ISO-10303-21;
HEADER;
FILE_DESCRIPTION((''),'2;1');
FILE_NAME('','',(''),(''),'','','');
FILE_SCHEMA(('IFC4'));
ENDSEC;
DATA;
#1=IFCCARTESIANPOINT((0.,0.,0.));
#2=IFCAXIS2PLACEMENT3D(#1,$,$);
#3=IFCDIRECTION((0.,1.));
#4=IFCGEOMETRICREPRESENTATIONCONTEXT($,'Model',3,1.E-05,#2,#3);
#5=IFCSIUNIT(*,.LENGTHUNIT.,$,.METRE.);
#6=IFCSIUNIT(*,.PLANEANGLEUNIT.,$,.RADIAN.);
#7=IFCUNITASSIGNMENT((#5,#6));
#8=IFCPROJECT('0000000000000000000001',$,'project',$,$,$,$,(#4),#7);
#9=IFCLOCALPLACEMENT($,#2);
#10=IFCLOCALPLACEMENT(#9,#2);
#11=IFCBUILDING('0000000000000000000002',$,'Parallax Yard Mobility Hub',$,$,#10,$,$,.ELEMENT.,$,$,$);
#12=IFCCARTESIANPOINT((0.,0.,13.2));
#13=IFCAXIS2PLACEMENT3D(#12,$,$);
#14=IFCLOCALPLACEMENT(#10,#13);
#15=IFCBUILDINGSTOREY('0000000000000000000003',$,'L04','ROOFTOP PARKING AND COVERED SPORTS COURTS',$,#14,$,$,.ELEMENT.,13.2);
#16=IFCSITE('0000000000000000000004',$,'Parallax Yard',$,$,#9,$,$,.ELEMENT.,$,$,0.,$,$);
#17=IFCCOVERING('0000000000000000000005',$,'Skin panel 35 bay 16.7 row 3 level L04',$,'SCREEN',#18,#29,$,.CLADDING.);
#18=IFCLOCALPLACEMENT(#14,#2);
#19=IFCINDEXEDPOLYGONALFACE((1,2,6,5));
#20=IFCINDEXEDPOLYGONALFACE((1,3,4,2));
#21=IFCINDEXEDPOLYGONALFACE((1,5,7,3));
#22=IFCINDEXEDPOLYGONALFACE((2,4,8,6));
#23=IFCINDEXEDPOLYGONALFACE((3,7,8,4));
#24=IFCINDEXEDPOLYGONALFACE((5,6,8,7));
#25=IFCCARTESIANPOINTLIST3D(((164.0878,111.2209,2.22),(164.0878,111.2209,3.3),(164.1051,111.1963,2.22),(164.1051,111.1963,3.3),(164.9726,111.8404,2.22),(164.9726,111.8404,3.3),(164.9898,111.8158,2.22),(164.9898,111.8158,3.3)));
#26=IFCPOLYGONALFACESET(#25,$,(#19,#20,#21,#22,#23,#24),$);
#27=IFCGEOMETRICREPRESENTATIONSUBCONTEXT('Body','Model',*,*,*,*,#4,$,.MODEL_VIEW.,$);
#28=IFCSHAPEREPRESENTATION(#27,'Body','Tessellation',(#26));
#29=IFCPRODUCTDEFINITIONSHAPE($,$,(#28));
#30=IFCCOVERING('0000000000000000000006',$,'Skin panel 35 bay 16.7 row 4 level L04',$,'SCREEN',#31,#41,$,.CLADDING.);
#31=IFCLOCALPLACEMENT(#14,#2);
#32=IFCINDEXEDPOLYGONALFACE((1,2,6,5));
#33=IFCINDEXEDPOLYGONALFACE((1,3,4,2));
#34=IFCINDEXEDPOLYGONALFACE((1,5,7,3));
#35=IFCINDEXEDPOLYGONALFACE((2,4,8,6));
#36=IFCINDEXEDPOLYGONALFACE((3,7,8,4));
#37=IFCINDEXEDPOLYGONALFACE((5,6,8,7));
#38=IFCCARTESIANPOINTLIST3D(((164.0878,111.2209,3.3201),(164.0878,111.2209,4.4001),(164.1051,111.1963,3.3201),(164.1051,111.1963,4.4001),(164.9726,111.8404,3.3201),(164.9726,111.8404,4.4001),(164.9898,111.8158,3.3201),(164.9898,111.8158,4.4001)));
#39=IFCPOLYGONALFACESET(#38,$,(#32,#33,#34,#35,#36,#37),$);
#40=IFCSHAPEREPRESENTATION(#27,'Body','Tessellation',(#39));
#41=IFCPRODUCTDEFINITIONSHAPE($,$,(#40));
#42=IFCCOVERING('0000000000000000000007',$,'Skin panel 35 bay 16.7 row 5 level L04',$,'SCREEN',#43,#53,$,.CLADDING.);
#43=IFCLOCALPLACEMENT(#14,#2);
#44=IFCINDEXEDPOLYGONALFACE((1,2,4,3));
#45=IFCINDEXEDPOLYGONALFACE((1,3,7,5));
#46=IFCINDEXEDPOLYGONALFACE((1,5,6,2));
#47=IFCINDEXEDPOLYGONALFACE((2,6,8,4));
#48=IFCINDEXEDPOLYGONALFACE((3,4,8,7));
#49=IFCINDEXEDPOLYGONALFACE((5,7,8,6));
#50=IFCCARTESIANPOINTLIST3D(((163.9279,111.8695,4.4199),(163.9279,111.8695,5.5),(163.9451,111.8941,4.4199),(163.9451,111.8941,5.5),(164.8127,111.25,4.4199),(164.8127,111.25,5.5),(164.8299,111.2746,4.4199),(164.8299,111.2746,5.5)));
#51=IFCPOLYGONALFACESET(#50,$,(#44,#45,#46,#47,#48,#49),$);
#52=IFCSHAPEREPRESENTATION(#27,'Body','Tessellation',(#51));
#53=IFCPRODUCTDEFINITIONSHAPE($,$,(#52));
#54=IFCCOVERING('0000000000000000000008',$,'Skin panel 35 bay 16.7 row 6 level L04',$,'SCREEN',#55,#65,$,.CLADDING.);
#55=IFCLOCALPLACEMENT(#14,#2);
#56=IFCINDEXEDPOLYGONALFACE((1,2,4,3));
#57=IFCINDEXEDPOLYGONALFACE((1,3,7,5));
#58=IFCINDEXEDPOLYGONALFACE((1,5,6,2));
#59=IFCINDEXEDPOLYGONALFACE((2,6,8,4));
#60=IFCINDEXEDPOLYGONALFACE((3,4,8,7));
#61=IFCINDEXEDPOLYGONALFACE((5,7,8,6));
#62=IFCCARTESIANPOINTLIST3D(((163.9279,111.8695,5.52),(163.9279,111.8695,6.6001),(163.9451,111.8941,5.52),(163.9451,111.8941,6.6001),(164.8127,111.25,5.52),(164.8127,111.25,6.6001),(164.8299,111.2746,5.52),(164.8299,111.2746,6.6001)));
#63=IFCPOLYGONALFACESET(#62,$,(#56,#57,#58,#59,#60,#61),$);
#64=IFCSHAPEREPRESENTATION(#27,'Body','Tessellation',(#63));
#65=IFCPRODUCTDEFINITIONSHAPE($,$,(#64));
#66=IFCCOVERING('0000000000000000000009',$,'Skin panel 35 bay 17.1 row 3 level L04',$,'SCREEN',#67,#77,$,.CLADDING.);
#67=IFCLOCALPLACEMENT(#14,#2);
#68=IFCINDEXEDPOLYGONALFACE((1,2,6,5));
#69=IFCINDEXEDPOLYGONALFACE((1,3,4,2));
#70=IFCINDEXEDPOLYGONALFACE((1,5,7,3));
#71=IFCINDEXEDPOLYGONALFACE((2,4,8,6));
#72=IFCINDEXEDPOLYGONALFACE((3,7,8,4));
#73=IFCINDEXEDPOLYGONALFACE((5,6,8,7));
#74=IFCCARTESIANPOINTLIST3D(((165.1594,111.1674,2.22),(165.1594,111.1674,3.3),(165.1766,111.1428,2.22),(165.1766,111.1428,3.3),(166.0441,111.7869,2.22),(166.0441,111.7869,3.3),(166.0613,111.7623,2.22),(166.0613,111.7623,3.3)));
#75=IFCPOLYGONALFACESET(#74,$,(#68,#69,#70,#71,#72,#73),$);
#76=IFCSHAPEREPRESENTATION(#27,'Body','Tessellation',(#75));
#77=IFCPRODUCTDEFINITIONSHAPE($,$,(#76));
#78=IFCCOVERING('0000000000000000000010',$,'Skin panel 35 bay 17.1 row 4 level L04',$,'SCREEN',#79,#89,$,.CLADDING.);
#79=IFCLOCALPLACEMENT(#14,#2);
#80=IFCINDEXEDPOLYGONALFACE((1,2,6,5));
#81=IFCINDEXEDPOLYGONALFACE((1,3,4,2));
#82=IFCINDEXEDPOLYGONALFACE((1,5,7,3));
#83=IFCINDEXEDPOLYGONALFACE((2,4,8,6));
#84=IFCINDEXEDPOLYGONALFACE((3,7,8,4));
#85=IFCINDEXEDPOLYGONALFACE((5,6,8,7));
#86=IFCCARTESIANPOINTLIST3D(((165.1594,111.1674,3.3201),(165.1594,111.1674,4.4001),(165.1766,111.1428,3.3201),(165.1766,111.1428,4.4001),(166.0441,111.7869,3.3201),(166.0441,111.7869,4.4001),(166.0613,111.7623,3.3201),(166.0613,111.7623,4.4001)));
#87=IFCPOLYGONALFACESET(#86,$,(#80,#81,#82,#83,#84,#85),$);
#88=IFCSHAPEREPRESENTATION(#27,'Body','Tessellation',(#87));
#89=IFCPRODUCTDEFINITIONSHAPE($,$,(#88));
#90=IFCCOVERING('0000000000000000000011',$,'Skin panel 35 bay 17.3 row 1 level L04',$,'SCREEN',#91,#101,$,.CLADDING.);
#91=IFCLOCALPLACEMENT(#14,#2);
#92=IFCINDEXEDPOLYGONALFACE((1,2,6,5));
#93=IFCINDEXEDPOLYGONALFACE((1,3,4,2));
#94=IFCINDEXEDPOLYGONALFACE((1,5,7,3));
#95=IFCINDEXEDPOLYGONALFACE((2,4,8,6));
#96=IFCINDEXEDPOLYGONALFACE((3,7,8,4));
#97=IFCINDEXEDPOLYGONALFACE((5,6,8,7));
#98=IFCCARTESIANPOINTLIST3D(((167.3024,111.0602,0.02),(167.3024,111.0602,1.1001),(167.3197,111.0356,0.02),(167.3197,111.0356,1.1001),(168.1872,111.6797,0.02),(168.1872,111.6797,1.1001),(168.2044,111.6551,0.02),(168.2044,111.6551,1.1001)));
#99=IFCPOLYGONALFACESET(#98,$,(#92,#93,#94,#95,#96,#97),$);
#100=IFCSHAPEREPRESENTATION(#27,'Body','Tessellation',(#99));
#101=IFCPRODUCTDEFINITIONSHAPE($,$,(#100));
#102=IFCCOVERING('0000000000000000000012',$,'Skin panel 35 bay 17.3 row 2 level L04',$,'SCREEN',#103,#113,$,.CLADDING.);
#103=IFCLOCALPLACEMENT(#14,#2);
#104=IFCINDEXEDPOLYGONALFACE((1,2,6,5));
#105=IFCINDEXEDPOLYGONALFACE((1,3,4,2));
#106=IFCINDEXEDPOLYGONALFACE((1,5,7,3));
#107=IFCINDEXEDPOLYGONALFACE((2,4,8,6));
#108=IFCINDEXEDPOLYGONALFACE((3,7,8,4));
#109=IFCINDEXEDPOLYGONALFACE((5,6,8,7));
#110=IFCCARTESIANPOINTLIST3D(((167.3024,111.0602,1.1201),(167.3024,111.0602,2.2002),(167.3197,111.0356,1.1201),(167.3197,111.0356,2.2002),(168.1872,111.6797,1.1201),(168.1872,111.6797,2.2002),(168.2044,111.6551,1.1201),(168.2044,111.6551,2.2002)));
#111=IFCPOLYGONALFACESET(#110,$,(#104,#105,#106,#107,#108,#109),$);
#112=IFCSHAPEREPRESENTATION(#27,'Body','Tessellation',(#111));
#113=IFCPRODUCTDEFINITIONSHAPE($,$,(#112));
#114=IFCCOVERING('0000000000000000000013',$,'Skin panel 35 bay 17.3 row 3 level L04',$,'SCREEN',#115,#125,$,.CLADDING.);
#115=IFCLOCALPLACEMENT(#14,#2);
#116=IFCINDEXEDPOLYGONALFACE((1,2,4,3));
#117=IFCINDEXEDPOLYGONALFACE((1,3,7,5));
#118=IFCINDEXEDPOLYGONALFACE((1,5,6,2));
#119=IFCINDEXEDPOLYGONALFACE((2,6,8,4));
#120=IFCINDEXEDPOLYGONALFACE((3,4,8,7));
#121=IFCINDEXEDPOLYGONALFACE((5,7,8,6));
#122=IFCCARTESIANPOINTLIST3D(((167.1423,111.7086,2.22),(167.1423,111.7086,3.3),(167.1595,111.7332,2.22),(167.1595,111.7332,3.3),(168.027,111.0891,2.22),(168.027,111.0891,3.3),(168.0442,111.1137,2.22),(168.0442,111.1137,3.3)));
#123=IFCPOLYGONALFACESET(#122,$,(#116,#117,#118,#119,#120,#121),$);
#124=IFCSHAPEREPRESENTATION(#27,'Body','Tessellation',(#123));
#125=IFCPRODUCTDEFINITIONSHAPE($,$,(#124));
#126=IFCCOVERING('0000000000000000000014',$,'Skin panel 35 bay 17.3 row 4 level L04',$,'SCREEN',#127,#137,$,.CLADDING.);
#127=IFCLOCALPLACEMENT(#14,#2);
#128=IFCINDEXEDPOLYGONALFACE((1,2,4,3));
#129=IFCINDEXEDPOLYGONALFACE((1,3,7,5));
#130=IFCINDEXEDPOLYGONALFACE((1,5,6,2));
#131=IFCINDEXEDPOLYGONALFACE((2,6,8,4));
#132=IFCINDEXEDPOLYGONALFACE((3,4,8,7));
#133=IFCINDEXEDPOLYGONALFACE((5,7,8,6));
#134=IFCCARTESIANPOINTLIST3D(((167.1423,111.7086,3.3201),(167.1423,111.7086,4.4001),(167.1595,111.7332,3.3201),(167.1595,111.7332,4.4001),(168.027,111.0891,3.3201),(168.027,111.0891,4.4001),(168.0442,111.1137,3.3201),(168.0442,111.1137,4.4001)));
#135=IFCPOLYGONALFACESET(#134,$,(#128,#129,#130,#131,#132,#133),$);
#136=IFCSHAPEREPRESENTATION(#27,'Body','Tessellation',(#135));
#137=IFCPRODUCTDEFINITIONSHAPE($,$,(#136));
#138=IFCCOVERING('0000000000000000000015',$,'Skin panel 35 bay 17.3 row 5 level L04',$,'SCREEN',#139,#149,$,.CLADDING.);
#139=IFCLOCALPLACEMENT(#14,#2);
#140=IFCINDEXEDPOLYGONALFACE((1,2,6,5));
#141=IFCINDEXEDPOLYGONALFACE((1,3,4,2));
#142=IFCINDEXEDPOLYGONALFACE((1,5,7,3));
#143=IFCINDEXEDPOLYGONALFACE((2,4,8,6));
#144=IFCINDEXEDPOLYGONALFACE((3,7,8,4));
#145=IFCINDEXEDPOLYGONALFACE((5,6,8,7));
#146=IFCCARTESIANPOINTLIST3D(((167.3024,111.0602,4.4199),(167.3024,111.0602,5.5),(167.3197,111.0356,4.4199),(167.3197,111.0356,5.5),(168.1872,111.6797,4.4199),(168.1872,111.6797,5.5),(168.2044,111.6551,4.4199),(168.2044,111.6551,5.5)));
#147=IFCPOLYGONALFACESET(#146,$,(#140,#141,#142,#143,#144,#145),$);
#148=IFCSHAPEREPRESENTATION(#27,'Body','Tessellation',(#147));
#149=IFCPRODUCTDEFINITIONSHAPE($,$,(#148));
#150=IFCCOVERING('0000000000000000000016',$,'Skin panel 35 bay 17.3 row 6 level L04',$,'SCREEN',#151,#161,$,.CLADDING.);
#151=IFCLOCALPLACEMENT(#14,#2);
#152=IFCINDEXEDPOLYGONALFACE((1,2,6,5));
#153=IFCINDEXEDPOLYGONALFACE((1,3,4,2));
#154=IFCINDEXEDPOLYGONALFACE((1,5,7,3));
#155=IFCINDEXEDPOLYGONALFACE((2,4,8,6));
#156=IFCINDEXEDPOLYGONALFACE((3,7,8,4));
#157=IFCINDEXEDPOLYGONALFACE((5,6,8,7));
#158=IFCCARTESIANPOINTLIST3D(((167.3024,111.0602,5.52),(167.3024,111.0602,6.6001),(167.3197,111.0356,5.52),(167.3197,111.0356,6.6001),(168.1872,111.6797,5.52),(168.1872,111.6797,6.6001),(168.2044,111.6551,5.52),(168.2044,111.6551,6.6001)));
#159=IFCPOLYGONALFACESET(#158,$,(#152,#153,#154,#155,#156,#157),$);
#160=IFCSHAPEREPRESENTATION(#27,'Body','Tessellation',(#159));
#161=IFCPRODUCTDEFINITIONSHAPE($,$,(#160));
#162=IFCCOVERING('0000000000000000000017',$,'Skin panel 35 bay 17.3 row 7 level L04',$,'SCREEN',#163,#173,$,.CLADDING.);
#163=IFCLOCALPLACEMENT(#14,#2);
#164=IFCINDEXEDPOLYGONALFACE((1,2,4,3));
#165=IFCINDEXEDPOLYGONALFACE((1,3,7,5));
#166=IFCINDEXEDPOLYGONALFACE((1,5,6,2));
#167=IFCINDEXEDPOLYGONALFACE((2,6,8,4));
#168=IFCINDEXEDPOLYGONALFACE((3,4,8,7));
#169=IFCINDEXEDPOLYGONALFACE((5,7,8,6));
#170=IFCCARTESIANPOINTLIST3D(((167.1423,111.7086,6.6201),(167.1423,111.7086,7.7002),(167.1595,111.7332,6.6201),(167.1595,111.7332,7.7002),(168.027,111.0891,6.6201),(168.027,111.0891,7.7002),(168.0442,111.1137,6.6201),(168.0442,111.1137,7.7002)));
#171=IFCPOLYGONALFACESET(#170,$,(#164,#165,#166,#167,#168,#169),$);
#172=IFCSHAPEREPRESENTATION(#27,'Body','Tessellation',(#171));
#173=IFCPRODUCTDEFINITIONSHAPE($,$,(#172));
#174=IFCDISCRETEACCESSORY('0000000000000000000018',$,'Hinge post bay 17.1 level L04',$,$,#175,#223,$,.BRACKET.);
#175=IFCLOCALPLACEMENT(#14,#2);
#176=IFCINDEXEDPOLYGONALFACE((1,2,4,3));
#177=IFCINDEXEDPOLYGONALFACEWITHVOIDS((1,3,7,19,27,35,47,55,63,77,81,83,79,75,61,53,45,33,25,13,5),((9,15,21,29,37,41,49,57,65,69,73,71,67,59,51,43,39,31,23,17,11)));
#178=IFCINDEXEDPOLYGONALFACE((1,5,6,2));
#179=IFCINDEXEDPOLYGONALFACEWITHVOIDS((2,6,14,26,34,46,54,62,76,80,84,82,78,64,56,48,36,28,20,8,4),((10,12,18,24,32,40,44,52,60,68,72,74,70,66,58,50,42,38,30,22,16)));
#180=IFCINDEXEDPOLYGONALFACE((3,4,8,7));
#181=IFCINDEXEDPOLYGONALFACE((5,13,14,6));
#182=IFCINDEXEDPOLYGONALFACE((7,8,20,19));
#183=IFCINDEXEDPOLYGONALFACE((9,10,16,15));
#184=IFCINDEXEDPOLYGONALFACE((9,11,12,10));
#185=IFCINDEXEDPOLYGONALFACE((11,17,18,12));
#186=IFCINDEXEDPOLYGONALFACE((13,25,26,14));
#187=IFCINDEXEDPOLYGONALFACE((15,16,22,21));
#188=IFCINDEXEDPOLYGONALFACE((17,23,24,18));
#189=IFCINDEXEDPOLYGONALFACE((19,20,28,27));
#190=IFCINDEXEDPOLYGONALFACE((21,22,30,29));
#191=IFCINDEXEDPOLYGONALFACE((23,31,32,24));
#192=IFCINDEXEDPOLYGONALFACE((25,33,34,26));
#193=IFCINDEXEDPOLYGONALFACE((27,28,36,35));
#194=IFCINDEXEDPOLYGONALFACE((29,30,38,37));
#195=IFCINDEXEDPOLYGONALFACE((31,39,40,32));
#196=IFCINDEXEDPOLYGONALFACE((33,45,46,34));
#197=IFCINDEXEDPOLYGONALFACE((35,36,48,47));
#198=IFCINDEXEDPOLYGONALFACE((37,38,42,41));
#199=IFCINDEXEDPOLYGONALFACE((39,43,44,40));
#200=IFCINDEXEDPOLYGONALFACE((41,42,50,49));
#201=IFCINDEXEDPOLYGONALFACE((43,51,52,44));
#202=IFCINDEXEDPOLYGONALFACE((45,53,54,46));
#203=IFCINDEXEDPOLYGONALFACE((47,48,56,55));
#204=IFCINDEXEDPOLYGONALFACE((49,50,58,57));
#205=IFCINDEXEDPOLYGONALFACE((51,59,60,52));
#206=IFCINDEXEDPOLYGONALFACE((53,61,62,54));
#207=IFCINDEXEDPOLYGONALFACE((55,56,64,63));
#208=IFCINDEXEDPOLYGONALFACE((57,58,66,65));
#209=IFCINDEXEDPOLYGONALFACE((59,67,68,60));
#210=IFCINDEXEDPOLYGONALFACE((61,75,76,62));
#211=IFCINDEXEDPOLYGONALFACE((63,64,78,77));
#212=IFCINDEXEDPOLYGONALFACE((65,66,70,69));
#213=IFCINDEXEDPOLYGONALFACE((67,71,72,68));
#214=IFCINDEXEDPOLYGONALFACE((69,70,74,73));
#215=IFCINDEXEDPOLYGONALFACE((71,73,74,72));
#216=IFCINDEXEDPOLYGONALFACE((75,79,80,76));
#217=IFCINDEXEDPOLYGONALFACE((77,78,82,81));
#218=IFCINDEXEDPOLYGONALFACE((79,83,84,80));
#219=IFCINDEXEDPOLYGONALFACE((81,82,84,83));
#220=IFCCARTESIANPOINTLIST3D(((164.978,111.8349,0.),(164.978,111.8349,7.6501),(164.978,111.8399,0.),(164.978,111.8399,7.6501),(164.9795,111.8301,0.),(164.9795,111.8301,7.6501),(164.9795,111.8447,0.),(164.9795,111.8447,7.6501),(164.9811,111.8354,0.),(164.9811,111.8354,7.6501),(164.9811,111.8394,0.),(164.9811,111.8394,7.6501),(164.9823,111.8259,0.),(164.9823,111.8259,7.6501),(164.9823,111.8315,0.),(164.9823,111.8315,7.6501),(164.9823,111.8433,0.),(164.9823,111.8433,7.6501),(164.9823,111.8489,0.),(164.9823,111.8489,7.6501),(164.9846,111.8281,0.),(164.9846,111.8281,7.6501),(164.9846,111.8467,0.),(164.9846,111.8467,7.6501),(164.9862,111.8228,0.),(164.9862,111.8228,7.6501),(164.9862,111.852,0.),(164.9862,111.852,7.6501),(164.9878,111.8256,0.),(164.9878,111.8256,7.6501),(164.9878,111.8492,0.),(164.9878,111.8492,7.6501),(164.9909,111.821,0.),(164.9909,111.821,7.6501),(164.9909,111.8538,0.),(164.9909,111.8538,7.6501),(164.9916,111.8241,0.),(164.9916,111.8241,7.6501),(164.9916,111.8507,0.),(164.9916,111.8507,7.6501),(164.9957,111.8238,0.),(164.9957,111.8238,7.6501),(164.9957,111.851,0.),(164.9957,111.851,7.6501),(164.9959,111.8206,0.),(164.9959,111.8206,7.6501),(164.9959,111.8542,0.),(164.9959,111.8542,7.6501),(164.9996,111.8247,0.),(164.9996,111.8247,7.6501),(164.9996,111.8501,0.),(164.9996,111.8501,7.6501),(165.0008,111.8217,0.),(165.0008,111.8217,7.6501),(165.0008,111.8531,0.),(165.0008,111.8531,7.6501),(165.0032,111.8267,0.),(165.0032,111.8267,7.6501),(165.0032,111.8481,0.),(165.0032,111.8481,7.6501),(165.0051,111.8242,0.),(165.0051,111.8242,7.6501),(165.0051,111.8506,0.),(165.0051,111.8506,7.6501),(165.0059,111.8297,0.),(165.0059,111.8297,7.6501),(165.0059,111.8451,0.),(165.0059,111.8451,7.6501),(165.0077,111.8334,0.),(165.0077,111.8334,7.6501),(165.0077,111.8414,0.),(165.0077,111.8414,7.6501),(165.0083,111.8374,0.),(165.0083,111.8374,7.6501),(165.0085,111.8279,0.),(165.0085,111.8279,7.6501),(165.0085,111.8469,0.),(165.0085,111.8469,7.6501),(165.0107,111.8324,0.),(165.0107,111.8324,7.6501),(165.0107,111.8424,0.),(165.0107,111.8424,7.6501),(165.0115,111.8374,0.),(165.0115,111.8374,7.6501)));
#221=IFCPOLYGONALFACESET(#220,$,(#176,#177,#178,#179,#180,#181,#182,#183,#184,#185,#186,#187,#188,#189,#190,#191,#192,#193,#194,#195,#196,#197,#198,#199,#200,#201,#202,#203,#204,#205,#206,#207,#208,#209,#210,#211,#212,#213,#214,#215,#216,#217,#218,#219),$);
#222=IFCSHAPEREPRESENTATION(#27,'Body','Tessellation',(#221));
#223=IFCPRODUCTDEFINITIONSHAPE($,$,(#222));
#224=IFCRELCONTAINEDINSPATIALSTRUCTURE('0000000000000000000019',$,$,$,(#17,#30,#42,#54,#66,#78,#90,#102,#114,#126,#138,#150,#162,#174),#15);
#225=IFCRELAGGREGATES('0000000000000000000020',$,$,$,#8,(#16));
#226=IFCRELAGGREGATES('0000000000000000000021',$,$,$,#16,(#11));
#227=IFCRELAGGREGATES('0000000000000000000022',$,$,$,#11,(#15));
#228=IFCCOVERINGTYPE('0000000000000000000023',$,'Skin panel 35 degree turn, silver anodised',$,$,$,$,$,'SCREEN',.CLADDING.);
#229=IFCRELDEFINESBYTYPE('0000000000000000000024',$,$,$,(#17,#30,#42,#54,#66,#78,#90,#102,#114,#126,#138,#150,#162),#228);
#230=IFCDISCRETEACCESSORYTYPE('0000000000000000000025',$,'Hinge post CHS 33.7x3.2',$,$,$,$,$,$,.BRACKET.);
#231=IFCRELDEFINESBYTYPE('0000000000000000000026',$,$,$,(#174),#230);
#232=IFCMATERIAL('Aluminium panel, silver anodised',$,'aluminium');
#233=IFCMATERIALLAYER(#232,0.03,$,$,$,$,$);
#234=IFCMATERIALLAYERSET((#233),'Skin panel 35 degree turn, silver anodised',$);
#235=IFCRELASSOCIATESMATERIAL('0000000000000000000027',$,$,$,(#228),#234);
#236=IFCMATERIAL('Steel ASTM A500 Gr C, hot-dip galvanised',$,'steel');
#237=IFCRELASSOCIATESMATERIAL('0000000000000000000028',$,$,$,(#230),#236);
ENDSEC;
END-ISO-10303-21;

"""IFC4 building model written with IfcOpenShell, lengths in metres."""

from ifc_helpers import new_model, si_unit, direction, frame, origin, origin_2d, place, context, subcontext, project, spatial, rectangle, hollow_circle, extrude, material, layer, layer_set, material_profile, profile_set, type_object, element, save


model = new_model("IFC4")

# Units and contexts
model_context = context("Model", 3, precision=1e-05, world=origin(), true_north=direction((0.0, 1.0)))
body_context = subcontext(model_context, "Body", "Model", "MODEL_VIEW")
ifc_project = project(units=[si_unit("LENGTHUNIT", "METRE"), si_unit("PLANEANGLEUNIT", "RADIAN")], contexts=[model_context])

# Site, building, storey
site_placement = place(None, origin())
site = spatial("IfcSite", under=ifc_project, at=site_placement, Name="Parallax Yard", CompositionType="ELEMENT", RefElevation=0.0)
building_placement = place(site_placement, origin())
building = spatial("IfcBuilding", under=site, at=building_placement, Name="Parallax Yard Mobility Hub", CompositionType="ELEMENT")
storey_placement = place(building_placement, frame((0.0, 0.0, 13.2)))
storey = spatial("IfcBuildingStorey", under=building, at=storey_placement, Name="L04", Description="ROOFTOP PARKING AND COVERED SPORTS COURTS", CompositionType="ELEMENT", Elevation=13.2)

# Coverings
ifc_material_1 = material(Name="Aluminium panel, silver anodised", Category="aluminium")
ifc_layer_1 = layer(ifc_material_1, 0.03)
ifc_layer_set_1 = layer_set([ifc_layer_1], Name="Skin panel 35 degree turn, silver anodised")
covering_type_1 = type_object("IfcCoveringType", Name="Skin panel 35 degree turn, silver anodised", ElementType="SCREEN", PredefinedType="CLADDING", material=ifc_layer_set_1)
for number, where, z_axis, x_axis, name in (
    (1, (164.5388, 111.5183, 2.22), (0.0, 0.0, 1.0), (-0.819152, -0.573576, 0.0), "Skin panel 35 bay 16.7 row 3 level L04"),
    (2, (164.5388, 111.5183, 3.3201), (0.0, 0.0, 1.0), (-0.819152, -0.573576, 0.0), "Skin panel 35 bay 16.7 row 4 level L04"),
    (3, (164.3789, 111.572, 4.4199), (0.0, 0.0, 1.0), (0.819152, -0.573576, 0.0), "Skin panel 35 bay 16.7 row 5 level L04"),
    (4, (164.3789, 111.572, 5.52), (0.0, 0.0, 1.0), (0.819152, -0.573576, 0.0), "Skin panel 35 bay 16.7 row 6 level L04"),
    (5, (165.6104, 111.4648, 2.22), (0.0, 0.0, 1.0), (-0.819152, -0.573576, 0.0), "Skin panel 35 bay 17.1 row 3 level L04"),
    (6, (165.6104, 111.4648, 3.3201), (0.0, 0.0, 1.0), (-0.819152, -0.573576, 0.0), "Skin panel 35 bay 17.1 row 4 level L04"),
    (7, (167.7534, 111.3577, 0.02), (0.0, 0.0, 1.0), (-0.819152, -0.573576, 0.0), "Skin panel 35 bay 17.3 row 1 level L04"),
    (8, (167.7534, 111.3577, 1.1201), (0.0, 0.0, 1.0), (-0.819152, -0.573576, 0.0), "Skin panel 35 bay 17.3 row 2 level L04"),
    (9, (167.5933, 111.4111, 2.22), (0.0, 0.0, 1.0), (0.819152, -0.573576, 0.0), "Skin panel 35 bay 17.3 row 3 level L04"),
    (10, (167.5933, 111.4111, 3.3201), (0.0, 0.0, 1.0), (0.819152, -0.573576, 0.0), "Skin panel 35 bay 17.3 row 4 level L04"),
    (11, (167.7534, 111.3577, 4.4199), (0.0, 0.0, 1.0), (-0.819152, -0.573576, 0.0), "Skin panel 35 bay 17.3 row 5 level L04"),
    (12, (167.7534, 111.3577, 5.52), (0.0, 0.0, 1.0), (-0.819152, -0.573576, 0.0), "Skin panel 35 bay 17.3 row 6 level L04"),
    (13, (167.5933, 111.4111, 6.6201), (0.0, 0.0, 1.0), (0.819152, -0.573576, 0.0), "Skin panel 35 bay 17.3 row 7 level L04"),
):
    element("IfcCovering", number, at=place(storey_placement, frame(where, z_axis=z_axis, x_axis=x_axis)), inside=storey, type_object=covering_type_1, Name=name, ObjectType="SCREEN", PredefinedType="CLADDING", context=body_context, shape_type="SweptSolid", body=[
        extrude(rectangle(XDim=1.0801, YDim=0.03, at=origin_2d()), origin(), (0.0, 0.0, 1.0), 1.0801),
    ])

# Discrete accessory
ifc_material_2 = material(Name="Steel ASTM A500 Gr C, hot-dip galvanised", Category="steel")
ifc_material_profile = material_profile(ifc_material_2, hollow_circle(Radius=0.0168, WallThickness=0.0032, at=origin_2d()), Name="CHS 33.7x3.2")
ifc_profile_set = profile_set([ifc_material_profile], Name="Steel ASTM A500 Gr C, hot-dip galvanised")
discrete_accessory_type = type_object("IfcDiscreteAccessoryType", Name="Hinge post CHS 33.7x3.2", PredefinedType="BRACKET", material=ifc_profile_set)
for number, where, z_axis, x_axis, name in (
    (14, (164.9946, 111.8374, 0.0), (0.0, 0.0, 1.0), (1.0, 0.0, 0.0), "Hinge post bay 17.1 level L04"),
):
    element("IfcDiscreteAccessory", number, at=place(storey_placement, frame(where, z_axis=z_axis, x_axis=x_axis)), inside=storey, type_object=discrete_accessory_type, Name=name, PredefinedType="BRACKET", context=body_context, shape_type="SweptSolid", body=[
        extrude(hollow_circle(Radius=0.0168, WallThickness=0.0032, at=origin_2d()), origin(), (0.0, 0.0, 1.0), 7.6501),
    ])

save(model, "model.ifc")
